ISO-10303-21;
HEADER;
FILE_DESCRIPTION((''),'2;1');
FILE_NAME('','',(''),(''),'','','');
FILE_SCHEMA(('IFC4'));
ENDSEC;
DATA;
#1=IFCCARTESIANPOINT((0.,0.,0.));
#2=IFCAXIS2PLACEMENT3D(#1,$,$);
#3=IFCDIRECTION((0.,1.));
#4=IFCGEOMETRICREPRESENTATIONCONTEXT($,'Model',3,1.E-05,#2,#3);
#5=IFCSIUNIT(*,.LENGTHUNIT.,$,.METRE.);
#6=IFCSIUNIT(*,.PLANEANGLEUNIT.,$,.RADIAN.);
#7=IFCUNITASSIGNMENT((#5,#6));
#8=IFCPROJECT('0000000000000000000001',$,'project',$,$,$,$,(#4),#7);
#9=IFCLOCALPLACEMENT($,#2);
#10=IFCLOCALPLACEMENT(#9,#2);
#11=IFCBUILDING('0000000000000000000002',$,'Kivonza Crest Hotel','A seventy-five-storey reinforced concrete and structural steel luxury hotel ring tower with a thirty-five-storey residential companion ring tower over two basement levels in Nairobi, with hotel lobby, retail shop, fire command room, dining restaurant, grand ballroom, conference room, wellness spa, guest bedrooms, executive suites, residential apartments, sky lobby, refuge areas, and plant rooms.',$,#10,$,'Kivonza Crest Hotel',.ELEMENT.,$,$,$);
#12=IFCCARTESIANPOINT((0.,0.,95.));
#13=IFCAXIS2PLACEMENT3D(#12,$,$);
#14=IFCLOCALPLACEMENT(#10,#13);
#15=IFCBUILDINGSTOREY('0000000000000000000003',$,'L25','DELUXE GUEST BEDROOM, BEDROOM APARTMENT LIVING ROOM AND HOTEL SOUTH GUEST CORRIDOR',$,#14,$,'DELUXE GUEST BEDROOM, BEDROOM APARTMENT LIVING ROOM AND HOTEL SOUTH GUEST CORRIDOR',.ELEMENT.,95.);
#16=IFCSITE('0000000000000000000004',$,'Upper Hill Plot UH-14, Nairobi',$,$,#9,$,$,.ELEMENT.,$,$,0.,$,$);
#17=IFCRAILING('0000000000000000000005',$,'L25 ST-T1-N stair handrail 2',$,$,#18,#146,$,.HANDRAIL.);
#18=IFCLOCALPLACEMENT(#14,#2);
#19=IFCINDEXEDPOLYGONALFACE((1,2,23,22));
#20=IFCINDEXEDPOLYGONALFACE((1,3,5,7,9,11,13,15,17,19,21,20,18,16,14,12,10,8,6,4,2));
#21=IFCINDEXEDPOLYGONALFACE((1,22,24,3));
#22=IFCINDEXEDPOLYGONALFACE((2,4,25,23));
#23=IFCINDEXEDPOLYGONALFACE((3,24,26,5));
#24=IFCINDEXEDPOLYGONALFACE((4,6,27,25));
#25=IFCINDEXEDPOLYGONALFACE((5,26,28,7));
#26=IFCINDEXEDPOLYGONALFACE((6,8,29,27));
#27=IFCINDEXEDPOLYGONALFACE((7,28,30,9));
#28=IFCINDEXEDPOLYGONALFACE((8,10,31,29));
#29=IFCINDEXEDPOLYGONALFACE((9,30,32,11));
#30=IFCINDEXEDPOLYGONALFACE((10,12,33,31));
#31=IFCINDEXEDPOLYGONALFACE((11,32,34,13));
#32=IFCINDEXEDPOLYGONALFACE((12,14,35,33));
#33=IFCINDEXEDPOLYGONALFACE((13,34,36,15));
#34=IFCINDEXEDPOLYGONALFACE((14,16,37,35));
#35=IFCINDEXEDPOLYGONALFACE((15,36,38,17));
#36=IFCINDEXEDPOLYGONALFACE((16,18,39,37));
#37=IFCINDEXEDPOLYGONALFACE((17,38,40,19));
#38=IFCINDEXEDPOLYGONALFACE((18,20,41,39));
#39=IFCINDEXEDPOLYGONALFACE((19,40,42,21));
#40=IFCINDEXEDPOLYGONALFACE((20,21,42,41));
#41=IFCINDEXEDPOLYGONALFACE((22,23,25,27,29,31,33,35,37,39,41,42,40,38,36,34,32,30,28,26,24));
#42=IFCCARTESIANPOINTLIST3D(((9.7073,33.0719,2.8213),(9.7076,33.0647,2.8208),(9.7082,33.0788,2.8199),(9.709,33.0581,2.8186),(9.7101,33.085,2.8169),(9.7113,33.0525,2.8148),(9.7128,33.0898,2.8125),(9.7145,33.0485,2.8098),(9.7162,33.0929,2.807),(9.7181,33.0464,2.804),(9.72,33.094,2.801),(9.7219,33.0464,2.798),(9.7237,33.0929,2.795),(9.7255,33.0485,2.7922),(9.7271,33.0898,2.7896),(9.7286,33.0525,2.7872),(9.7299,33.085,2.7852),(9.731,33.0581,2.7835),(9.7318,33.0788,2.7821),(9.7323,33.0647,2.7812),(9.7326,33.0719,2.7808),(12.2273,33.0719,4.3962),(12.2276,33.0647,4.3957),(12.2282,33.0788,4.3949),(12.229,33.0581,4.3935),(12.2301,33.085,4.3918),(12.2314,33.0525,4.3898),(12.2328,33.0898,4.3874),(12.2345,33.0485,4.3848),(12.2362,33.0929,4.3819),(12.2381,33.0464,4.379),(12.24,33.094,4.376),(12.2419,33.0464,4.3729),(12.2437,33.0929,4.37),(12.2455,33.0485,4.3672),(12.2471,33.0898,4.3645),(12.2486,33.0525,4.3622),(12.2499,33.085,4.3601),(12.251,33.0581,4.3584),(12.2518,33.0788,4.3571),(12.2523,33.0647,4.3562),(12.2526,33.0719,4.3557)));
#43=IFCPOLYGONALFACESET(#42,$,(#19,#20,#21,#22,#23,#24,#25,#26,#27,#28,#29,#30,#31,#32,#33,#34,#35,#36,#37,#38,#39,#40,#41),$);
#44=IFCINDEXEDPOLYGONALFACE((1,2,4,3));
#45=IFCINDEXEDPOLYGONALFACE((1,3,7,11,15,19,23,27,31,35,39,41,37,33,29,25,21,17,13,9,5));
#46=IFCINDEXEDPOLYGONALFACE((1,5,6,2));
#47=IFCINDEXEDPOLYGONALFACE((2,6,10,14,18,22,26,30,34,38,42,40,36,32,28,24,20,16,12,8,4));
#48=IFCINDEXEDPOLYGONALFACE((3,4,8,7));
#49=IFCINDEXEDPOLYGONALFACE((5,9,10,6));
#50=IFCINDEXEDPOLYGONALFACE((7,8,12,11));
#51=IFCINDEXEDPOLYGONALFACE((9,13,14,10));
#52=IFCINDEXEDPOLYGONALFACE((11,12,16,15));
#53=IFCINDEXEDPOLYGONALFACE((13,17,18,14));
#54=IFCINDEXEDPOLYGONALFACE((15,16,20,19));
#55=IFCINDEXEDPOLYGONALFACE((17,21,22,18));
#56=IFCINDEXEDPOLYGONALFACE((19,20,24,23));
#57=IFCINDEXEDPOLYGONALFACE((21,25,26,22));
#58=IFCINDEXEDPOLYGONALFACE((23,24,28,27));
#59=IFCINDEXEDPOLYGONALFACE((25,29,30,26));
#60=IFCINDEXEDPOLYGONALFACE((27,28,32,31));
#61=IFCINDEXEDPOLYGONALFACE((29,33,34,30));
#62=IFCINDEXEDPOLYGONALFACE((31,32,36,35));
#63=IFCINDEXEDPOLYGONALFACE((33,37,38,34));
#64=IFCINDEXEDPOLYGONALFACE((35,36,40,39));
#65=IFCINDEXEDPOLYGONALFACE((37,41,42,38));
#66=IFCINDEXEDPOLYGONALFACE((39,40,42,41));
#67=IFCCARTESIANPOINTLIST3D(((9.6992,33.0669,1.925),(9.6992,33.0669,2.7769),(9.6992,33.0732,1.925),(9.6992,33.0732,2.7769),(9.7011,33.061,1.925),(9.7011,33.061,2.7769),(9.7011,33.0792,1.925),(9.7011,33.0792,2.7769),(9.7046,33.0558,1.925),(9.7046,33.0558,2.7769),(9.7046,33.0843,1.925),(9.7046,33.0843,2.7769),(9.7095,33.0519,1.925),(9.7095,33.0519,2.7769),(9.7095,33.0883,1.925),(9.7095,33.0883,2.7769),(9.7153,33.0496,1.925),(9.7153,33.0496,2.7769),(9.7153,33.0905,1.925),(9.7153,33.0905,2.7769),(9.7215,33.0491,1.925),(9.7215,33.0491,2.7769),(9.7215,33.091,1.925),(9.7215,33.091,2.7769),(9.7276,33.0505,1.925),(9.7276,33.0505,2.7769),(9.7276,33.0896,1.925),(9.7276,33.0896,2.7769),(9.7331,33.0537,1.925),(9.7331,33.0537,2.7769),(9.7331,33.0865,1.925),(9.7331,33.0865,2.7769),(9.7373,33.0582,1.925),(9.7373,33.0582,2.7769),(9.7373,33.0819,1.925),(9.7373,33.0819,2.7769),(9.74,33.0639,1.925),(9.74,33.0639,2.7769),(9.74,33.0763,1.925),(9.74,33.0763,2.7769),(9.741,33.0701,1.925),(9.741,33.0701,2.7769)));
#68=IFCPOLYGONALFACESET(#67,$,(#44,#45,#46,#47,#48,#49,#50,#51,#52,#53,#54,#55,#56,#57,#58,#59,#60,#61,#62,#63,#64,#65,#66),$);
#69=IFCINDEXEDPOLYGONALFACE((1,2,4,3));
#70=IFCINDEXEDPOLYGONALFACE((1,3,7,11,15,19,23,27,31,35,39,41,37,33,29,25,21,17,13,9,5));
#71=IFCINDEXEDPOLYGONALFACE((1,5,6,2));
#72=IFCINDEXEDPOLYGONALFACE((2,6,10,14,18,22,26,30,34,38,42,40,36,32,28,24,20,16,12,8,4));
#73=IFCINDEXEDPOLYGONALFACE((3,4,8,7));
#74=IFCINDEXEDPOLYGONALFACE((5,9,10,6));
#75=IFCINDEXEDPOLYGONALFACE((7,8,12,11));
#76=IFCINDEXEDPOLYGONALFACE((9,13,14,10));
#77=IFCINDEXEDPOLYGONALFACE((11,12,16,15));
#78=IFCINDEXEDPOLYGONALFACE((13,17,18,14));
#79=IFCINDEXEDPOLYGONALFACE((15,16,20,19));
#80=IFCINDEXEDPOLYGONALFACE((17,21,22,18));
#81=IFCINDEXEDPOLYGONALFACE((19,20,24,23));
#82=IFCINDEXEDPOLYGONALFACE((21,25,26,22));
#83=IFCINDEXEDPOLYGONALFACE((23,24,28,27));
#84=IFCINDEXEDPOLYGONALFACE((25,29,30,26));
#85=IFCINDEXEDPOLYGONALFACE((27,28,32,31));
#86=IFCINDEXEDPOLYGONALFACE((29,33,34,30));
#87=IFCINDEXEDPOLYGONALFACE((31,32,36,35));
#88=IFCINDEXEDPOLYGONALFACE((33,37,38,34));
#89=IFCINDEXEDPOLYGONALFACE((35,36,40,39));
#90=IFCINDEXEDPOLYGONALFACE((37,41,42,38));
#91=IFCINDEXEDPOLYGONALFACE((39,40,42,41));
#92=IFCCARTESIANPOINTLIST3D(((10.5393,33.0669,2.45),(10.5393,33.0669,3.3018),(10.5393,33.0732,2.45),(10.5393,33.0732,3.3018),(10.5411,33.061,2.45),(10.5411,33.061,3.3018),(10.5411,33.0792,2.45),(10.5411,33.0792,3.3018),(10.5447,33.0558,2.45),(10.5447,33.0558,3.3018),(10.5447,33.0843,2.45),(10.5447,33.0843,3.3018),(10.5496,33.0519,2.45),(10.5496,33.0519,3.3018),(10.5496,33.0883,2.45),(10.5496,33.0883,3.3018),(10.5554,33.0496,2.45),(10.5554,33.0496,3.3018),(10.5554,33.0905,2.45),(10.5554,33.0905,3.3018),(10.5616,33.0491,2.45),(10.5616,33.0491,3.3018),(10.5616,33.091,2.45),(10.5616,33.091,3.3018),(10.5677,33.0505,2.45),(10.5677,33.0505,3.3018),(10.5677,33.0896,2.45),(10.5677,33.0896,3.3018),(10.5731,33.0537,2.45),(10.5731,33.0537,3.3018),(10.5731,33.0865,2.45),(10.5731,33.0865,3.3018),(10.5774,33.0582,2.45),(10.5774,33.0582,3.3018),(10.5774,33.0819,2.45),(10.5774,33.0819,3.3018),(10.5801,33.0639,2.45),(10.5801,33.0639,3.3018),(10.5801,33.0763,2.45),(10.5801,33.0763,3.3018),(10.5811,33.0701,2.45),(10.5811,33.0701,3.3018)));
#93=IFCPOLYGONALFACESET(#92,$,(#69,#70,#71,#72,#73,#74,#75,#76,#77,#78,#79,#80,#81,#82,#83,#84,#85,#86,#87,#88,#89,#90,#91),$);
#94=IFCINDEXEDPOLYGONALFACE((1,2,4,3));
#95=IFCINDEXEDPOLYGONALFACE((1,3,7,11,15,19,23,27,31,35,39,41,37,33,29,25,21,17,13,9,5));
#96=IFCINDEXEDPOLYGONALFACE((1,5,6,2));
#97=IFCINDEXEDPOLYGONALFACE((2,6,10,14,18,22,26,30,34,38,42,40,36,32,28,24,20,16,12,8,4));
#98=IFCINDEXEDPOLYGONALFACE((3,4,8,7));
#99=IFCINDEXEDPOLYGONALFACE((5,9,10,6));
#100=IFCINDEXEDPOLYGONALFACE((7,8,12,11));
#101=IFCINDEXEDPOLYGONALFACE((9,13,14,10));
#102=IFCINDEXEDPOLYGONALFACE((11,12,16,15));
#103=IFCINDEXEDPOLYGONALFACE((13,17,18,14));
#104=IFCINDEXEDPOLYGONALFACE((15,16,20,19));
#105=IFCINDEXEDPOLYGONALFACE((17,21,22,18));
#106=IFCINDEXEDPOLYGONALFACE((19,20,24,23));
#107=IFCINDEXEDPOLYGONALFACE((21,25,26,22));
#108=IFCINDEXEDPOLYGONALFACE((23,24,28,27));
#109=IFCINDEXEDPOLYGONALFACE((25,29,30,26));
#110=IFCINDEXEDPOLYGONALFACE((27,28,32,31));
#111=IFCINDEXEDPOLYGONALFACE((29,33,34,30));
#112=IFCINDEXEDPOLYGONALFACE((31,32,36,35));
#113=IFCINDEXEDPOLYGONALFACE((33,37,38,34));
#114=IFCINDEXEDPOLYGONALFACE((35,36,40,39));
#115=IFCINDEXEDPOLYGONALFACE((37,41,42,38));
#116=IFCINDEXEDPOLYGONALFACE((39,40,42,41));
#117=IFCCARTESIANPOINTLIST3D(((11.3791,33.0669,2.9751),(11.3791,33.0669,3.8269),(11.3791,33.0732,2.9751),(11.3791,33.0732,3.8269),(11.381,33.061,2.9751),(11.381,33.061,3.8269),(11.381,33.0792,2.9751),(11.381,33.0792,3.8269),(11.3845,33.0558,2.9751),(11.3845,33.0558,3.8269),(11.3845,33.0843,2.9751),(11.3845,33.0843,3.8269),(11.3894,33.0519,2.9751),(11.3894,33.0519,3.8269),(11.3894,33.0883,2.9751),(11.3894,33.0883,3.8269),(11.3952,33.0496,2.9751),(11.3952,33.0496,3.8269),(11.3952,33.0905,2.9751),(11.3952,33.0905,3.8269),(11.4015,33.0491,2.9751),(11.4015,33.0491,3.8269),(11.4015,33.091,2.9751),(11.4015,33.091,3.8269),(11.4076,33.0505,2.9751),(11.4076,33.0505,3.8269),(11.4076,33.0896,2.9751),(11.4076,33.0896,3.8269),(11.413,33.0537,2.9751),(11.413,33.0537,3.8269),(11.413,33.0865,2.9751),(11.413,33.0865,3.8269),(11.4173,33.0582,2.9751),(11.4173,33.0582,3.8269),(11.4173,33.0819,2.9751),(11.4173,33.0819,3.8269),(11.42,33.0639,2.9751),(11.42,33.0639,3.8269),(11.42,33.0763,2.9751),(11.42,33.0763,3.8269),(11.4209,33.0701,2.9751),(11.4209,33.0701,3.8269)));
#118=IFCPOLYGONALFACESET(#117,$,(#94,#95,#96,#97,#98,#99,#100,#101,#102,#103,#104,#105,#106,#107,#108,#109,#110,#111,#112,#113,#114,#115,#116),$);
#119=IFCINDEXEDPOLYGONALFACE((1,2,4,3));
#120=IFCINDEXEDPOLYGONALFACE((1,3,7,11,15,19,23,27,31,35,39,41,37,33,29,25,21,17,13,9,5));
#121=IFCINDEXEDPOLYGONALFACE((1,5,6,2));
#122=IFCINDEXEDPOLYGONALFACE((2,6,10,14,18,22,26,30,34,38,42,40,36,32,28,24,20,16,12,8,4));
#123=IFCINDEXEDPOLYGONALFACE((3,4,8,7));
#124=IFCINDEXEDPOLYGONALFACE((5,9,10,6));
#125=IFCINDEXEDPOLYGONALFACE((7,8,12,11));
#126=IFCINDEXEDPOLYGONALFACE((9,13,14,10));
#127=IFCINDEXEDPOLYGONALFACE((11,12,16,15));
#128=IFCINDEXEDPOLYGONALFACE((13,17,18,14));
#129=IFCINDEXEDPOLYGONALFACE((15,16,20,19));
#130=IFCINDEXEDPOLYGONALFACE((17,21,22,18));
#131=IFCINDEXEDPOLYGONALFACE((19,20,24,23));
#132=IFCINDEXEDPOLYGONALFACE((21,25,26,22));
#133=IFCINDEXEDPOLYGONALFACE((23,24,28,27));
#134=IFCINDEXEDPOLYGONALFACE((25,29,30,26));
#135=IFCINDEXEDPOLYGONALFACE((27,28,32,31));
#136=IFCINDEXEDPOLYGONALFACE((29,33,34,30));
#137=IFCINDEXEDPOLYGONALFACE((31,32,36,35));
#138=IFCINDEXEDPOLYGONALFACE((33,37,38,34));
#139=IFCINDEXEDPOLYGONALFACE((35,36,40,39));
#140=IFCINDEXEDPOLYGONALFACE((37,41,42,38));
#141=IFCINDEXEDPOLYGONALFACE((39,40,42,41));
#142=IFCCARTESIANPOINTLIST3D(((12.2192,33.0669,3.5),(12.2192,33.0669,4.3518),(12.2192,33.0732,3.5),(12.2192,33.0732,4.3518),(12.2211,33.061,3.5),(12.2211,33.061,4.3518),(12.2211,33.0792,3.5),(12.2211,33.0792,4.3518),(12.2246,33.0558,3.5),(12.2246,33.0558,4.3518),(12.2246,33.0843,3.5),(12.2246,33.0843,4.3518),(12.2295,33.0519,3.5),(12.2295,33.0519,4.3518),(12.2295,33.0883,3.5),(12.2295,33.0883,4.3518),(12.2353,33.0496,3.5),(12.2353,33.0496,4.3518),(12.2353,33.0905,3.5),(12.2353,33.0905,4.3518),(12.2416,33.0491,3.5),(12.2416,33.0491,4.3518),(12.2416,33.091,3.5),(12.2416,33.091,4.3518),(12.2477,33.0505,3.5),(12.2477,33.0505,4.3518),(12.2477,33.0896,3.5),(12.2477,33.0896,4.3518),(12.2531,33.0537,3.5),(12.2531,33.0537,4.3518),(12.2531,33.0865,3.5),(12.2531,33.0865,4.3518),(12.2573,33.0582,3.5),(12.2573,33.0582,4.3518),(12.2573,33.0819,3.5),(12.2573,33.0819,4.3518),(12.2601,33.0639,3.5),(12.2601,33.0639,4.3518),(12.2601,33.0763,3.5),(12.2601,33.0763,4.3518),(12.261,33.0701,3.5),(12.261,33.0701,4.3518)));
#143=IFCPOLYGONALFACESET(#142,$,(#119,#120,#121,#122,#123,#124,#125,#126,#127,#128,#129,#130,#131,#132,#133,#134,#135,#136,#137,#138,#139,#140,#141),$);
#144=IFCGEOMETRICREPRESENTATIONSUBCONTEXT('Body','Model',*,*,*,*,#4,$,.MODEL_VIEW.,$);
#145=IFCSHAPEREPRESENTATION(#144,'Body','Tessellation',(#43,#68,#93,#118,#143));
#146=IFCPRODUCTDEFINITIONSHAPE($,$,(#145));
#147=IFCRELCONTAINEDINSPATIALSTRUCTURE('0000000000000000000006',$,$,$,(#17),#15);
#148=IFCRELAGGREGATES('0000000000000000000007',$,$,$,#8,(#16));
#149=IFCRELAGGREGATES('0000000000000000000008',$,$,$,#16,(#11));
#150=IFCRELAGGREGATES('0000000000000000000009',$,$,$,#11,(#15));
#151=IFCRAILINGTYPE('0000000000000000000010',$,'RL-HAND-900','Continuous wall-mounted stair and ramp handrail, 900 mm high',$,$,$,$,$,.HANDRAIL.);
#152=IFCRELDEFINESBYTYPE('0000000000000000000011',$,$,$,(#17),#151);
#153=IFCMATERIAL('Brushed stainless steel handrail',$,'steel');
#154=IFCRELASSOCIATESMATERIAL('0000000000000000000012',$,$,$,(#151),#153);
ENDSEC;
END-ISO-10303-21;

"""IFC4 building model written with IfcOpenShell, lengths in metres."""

from ifc_helpers import new_model, si_unit, direction, frame, origin, origin_2d, place, context, subcontext, project, spatial, circle, extrude, material, type_object, element, save


model = new_model("IFC4")

# Units and contexts
model_context = context("Model", 3, precision=1e-05, world=origin(), true_north=direction((0.0, 1.0)))
body_context = subcontext(model_context, "Body", "Model", "MODEL_VIEW")
ifc_project = project(units=[si_unit("LENGTHUNIT", "METRE"), si_unit("PLANEANGLEUNIT", "RADIAN")], contexts=[model_context])

# Site, building, storey
site_placement = place(None, origin())
site = spatial("IfcSite", under=ifc_project, at=site_placement, Name="Upper Hill Plot UH-14, Nairobi", CompositionType="ELEMENT", RefElevation=0.0)
building_placement = place(site_placement, origin())
building = spatial("IfcBuilding", under=site, at=building_placement, Name="Kivonza Crest Hotel", Description="A seventy-five-storey reinforced concrete and structural steel luxury hotel ring tower with a thirty-five-storey residential companion ring tower over two basement levels in Nairobi, with hotel lobby, retail shop, fire command room, dining restaurant, grand ballroom, conference room, wellness spa, guest bedrooms, executive suites, residential apartments, sky lobby, refuge areas, and plant rooms.", LongName="Kivonza Crest Hotel", CompositionType="ELEMENT")
storey_placement = place(building_placement, frame((0.0, 0.0, 95.0)))
storey = spatial("IfcBuildingStorey", under=building, at=storey_placement, Name="L25", Description="DELUXE GUEST BEDROOM, BEDROOM APARTMENT LIVING ROOM AND HOTEL SOUTH GUEST CORRIDOR", LongName="DELUXE GUEST BEDROOM, BEDROOM APARTMENT LIVING ROOM AND HOTEL SOUTH GUEST CORRIDOR", CompositionType="ELEMENT", Elevation=95.0)

# Railing
ifc_material_1 = material(Name="Brushed stainless steel handrail", Category="steel")
railing_type = type_object("IfcRailingType", Name="RL-HAND-900", Description="Continuous wall-mounted stair and ramp handrail, 900 mm high", PredefinedType="HANDRAIL", material=ifc_material_1)
railing_placement = place(storey_placement, frame((9.72, 33.0701, 1.925)))
element("IfcRailing", 1, at=railing_placement, inside=storey, type_object=railing_type, Name="L25 ST-T1-N stair handrail 2", PredefinedType="HANDRAIL", context=body_context, shape_type="SweptSolid", body=[
    extrude(circle(Radius=0.0239, at=origin_2d()), frame((0.0, 0.0, 0.876), z_axis=(0.848008, 0.0, 0.529984), x_axis=(0.0, 1.0, 0.0)), (0.0, 0.0, 1.0), 2.9717),
    extrude(circle(Radius=0.021, at=origin_2d()), origin(), (0.0, 0.0, 1.0), 0.8518),
    extrude(circle(Radius=0.021, at=origin_2d()), frame((0.8401, 0.0, 0.5249)), (0.0, 0.0, 1.0), 0.8518),
    extrude(circle(Radius=0.021, at=origin_2d()), frame((1.6799, 0.0, 1.05)), (0.0, 0.0, 1.0), 0.8518),
    extrude(circle(Radius=0.021, at=origin_2d()), frame((2.52, 0.0, 1.575)), (0.0, 0.0, 1.0), 0.8518),
])

save(model, "model.ifc")
